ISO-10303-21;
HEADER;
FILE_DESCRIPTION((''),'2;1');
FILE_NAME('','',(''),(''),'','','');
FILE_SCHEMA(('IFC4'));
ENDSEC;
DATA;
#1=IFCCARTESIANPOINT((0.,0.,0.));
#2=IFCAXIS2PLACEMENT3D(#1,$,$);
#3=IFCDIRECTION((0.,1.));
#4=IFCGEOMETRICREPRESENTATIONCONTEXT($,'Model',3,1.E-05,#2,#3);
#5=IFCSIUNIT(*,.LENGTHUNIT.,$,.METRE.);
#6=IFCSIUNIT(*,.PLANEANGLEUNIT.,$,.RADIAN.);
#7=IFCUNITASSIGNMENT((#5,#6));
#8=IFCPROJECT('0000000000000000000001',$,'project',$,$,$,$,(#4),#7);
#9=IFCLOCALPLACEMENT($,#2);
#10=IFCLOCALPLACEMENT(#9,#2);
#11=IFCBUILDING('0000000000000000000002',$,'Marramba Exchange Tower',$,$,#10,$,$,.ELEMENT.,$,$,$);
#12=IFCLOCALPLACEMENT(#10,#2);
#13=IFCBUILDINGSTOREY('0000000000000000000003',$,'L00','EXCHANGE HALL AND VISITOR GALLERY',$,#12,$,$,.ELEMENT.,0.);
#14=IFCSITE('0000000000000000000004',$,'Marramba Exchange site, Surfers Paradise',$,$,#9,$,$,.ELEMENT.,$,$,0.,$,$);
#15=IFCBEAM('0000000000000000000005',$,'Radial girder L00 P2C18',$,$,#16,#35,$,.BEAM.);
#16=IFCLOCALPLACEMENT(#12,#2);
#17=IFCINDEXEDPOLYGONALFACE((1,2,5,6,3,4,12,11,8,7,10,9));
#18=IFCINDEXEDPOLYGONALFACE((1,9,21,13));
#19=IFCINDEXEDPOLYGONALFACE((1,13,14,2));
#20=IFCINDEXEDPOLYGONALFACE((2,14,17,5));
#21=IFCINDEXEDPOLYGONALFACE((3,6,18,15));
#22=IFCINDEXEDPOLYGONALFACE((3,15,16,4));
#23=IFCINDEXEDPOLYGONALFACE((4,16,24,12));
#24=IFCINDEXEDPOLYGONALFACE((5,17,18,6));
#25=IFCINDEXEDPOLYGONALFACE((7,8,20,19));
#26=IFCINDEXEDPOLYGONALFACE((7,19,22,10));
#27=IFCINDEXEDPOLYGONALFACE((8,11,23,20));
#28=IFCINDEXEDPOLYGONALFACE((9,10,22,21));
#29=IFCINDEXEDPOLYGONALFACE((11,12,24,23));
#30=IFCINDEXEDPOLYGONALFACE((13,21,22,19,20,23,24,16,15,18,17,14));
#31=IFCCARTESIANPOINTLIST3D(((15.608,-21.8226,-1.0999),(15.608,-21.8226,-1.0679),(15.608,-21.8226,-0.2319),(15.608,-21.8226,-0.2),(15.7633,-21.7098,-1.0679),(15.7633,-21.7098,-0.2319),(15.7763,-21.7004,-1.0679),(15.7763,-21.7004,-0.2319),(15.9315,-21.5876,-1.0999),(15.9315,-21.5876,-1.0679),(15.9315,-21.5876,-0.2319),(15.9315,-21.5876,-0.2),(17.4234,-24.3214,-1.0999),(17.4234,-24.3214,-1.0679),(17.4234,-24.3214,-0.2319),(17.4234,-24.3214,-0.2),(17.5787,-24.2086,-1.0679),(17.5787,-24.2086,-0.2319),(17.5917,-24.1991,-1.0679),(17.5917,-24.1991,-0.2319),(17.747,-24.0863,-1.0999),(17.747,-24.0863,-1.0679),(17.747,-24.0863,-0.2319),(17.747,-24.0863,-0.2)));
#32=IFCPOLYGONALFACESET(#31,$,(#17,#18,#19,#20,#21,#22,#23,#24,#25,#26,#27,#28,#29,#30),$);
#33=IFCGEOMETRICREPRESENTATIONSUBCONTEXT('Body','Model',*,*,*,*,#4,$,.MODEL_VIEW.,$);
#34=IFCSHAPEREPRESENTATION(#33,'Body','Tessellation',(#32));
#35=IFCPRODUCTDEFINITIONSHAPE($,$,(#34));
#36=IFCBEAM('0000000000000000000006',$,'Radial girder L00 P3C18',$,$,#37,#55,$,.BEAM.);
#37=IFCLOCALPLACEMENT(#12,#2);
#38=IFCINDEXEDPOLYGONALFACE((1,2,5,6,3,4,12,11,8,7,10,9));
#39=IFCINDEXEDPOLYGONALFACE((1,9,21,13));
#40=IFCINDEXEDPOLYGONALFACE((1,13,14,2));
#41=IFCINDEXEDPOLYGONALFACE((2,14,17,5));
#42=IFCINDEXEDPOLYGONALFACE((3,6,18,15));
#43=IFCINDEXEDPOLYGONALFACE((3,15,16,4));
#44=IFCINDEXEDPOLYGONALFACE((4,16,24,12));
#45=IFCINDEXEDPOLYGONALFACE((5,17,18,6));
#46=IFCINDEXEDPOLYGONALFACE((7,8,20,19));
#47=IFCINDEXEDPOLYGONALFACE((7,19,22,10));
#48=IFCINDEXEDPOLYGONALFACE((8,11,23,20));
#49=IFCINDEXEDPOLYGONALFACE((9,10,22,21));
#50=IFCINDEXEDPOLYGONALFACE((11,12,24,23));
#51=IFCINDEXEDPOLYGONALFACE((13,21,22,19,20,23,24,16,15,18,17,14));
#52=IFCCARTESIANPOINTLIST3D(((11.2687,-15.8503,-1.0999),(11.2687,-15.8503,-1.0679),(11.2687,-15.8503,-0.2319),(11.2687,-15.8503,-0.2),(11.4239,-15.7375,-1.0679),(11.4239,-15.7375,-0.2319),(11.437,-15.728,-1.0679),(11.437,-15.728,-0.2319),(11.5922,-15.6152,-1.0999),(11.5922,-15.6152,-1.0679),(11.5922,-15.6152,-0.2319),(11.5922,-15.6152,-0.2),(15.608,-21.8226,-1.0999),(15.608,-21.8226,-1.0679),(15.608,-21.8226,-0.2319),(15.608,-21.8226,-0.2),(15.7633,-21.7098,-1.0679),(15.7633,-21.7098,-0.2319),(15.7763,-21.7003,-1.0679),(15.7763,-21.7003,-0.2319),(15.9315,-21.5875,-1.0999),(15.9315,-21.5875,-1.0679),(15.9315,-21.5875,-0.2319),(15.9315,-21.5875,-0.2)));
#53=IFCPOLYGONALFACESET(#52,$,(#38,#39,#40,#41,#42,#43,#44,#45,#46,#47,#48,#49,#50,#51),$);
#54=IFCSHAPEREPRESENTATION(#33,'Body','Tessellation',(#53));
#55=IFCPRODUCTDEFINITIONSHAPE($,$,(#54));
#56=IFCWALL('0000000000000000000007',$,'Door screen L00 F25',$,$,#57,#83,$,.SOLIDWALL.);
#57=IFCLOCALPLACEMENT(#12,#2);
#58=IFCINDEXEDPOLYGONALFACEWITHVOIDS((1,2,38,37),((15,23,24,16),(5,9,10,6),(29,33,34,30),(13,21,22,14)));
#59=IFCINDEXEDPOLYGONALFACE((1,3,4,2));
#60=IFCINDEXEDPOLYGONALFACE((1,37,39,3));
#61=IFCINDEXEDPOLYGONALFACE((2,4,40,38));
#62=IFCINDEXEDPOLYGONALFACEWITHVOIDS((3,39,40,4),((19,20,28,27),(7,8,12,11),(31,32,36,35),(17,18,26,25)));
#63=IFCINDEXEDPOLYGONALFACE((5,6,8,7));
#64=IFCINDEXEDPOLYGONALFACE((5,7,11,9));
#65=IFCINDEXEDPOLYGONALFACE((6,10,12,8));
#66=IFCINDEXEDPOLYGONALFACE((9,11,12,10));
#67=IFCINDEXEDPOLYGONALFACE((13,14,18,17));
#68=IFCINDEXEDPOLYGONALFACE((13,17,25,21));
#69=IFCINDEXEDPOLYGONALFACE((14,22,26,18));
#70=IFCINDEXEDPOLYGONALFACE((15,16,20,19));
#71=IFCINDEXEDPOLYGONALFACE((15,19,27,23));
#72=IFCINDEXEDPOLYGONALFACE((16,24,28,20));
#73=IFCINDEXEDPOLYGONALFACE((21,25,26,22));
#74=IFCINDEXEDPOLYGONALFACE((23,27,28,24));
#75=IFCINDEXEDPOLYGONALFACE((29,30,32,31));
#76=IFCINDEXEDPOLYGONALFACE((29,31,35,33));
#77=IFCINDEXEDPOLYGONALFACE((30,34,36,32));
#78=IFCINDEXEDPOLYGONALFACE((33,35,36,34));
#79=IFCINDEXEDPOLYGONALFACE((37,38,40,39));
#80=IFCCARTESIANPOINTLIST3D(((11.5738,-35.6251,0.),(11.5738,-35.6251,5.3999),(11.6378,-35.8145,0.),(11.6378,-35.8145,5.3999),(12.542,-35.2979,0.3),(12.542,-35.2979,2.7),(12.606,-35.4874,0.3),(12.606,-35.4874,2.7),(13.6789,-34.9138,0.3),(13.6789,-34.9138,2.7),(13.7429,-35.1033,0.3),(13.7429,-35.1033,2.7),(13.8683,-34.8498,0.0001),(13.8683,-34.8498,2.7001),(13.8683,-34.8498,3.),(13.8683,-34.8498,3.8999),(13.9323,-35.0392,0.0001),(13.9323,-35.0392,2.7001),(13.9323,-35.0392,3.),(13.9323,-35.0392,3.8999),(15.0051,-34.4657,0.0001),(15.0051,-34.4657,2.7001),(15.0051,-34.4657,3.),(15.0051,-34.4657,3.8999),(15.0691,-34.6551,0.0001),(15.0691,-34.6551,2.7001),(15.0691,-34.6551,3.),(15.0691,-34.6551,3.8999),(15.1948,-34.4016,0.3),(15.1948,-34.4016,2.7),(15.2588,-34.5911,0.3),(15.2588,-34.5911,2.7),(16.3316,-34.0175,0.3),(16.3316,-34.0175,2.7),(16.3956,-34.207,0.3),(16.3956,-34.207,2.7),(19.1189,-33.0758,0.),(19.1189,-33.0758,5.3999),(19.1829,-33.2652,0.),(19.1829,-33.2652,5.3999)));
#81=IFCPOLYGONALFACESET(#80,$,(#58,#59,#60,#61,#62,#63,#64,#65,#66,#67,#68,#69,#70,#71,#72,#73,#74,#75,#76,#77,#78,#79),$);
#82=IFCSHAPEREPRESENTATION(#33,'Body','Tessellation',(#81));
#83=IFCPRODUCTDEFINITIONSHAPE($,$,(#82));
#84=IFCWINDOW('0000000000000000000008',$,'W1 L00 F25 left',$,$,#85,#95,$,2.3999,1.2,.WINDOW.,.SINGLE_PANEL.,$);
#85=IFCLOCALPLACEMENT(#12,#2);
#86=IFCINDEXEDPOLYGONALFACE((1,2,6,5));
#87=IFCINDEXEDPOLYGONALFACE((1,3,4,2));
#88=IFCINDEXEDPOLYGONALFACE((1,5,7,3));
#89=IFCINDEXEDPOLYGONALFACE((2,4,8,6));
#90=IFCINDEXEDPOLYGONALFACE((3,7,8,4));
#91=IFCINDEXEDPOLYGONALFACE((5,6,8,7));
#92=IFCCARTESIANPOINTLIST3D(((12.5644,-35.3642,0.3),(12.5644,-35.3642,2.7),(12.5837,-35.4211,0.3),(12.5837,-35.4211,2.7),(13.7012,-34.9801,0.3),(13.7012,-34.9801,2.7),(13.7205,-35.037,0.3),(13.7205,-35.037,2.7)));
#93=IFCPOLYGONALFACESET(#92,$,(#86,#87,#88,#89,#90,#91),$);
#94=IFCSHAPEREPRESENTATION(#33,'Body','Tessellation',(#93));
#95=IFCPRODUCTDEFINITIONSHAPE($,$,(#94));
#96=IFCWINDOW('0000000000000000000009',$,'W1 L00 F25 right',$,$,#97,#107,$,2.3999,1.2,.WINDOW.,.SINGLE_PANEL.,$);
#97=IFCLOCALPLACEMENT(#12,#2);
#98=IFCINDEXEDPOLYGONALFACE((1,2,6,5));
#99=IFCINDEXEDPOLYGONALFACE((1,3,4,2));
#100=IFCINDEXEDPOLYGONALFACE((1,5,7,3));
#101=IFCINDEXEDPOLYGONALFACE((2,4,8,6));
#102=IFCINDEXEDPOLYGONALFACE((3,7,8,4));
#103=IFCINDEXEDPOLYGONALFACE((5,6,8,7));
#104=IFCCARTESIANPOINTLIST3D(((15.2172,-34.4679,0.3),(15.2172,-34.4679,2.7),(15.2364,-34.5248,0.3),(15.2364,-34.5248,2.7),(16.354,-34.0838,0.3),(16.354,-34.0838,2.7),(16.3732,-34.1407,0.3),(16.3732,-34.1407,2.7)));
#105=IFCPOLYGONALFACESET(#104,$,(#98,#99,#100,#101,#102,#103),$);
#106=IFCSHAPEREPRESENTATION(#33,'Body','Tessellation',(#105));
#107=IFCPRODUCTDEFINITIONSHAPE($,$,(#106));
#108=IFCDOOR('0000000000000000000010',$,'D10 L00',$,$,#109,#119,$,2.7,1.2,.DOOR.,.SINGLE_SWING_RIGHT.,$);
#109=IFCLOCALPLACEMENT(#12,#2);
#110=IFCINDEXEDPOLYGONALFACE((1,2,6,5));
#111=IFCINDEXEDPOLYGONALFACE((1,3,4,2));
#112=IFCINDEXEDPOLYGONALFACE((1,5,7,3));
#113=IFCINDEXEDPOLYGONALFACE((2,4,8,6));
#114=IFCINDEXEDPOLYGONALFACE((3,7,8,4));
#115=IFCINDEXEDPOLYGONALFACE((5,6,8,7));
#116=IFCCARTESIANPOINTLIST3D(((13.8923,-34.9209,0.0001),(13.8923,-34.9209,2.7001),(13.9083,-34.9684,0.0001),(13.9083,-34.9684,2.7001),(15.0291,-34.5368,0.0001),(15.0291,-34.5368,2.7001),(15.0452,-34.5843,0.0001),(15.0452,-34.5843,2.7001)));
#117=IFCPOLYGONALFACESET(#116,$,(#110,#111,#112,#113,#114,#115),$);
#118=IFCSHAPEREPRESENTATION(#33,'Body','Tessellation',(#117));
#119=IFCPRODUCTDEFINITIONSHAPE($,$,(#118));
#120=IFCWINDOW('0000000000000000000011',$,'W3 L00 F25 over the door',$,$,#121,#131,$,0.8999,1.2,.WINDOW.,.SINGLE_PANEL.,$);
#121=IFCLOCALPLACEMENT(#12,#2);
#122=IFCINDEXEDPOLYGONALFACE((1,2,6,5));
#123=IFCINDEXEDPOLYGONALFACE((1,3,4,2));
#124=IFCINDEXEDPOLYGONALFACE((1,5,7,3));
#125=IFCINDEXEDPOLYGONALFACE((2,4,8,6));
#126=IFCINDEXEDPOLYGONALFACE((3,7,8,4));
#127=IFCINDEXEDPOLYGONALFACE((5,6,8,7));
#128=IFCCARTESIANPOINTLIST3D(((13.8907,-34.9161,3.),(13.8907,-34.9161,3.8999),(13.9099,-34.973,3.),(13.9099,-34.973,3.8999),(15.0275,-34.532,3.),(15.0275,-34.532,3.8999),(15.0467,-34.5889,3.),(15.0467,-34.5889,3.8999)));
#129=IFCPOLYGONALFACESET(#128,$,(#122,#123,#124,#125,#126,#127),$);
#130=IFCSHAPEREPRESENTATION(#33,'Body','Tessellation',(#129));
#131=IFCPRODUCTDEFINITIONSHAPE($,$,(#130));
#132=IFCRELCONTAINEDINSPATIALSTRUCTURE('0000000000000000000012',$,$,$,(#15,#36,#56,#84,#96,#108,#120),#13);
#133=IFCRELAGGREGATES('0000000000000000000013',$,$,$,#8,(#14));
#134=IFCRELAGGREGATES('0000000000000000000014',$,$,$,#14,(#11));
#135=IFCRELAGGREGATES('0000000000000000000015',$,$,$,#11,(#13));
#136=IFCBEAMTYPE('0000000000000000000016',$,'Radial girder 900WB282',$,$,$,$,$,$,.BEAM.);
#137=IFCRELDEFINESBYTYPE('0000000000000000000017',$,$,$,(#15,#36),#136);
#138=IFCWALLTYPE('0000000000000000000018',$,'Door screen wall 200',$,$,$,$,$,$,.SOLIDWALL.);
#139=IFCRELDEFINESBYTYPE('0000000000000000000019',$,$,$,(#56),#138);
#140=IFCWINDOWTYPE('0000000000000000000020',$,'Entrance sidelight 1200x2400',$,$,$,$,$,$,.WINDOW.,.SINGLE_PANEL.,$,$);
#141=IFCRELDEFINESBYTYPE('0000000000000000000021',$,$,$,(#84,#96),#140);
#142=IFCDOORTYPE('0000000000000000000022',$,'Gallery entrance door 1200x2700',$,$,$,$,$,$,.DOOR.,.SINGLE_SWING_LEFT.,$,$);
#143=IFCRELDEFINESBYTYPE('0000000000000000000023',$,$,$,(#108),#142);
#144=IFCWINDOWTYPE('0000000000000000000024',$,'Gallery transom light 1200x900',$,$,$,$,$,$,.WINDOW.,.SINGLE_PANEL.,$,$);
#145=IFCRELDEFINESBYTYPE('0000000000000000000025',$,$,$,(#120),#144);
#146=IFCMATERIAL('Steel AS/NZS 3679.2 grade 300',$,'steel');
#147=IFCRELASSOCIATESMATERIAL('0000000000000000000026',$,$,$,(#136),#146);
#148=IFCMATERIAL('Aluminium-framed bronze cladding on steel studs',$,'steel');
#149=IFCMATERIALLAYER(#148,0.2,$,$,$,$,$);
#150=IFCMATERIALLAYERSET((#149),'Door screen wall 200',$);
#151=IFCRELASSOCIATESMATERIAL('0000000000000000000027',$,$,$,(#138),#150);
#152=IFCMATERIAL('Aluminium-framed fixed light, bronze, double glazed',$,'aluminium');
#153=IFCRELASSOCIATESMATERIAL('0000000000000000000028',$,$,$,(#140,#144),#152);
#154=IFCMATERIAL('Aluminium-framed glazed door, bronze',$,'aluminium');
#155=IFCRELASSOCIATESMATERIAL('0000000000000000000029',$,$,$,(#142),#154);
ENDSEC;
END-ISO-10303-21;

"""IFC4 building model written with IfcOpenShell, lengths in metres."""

from ifc_helpers import new_model, si_unit, direction, frame, frame_2d, origin, origin_2d, place, context, subcontext, project, spatial, rectangle, i_section, extrude, material, layer, layer_set, material_profile, profile_set, type_object, element, fill, save


model = new_model("IFC4")

# Units and contexts
model_context = context("Model", 3, precision=1e-05, world=origin(), true_north=direction((0.0, 1.0)))
body_context = subcontext(model_context, "Body", "Model", "MODEL_VIEW")
ifc_project = project(units=[si_unit("LENGTHUNIT", "METRE"), si_unit("PLANEANGLEUNIT", "RADIAN")], contexts=[model_context])

# Site, building, storey
site_placement = place(None, origin())
site = spatial("IfcSite", under=ifc_project, at=site_placement, Name="Marramba Exchange site, Surfers Paradise", CompositionType="ELEMENT", RefElevation=0.0)
building_placement = place(site_placement, origin())
building = spatial("IfcBuilding", under=site, at=building_placement, Name="Marramba Exchange Tower", CompositionType="ELEMENT")
storey_placement = place(building_placement, origin())
storey = spatial("IfcBuildingStorey", under=building, at=storey_placement, Name="L00", Description="EXCHANGE HALL AND VISITOR GALLERY", CompositionType="ELEMENT", Elevation=0.0)

# Beams
ifc_material_1 = material(Name="Steel AS/NZS 3679.2 grade 300", Category="steel")
ifc_material_profile_1 = material_profile(ifc_material_1, i_section(OverallWidth=0.3999, OverallDepth=0.8999, WebThickness=0.0161, FlangeThickness=0.032, at=origin_2d()), Name="900WB282")
ifc_profile_set_1 = profile_set([ifc_material_profile_1], Name="Steel AS/NZS 3679.2 grade 300")
beam_type_1 = type_object("IfcBeamType", Name="Radial girder 900WB282", PredefinedType="BEAM", material=ifc_profile_set_1)
beam_1_placement = place(storey_placement, frame((17.5852, -24.2039, -0.6499), z_axis=(-0.587777, 0.809023, 0.0), x_axis=(-0.809023, -0.587777, 0.0)))
element("IfcBeam", 1, at=beam_1_placement, inside=storey, type_object=beam_type_1, Name="Radial girder L00 P2C18", PredefinedType="BEAM", context=body_context, shape_type="SweptSolid", body=[
    extrude(i_section(OverallWidth=0.3999, OverallDepth=0.8999, WebThickness=0.0161, FlangeThickness=0.032, at=origin_2d()), origin(), (0.0, 0.0, 1.0), 3.0886),
])
beam_2_placement = place(storey_placement, frame((15.7698, -21.7051, -0.6499), z_axis=(-0.587798, 0.809008, 0.0), x_axis=(-0.809008, -0.587798, 0.0)))
element("IfcBeam", 2, at=beam_2_placement, inside=storey, type_object=beam_type_1, Name="Radial girder L00 P3C18", PredefinedType="BEAM", context=body_context, shape_type="SweptSolid", body=[
    extrude(i_section(OverallWidth=0.3999, OverallDepth=0.8999, WebThickness=0.0161, FlangeThickness=0.032, at=origin_2d()), origin(), (0.0, 0.0, 1.0), 7.3823),
])

# Wall, openings, windows, door
ifc_material_2 = material(Name="Aluminium-framed bronze cladding on steel studs", Category="steel")
ifc_layer_1 = layer(ifc_material_2, 0.2)
ifc_layer_set_1 = layer_set([ifc_layer_1], Name="Door screen wall 200")
wall_type_1 = type_object("IfcWallType", Name="Door screen wall 200", PredefinedType="SOLIDWALL", material=ifc_layer_set_1)
wall_1_placement = place(storey_placement, frame((11.606, -35.7197, 0.0), z_axis=(0.0, 0.0, 1.0), x_axis=(0.947385, 0.320097, 0.0)))
wall_1 = element("IfcWall", 3, at=wall_1_placement, inside=storey, type_object=wall_type_1, Name="Door screen L00 F25", PredefinedType="SOLIDWALL", context=body_context, shape_type="SweptSolid", body=[
    extrude(rectangle(XDim=7.9641, YDim=0.2, at=frame_2d((3.9819, 0.0))), origin(), (0.0, 0.0, 1.0), 5.3999),
])
opening_1_placement = place(wall_1_placement, frame((2.4216, 0.0, 0.0)))
opening_1 = element("IfcOpeningElement", 4, at=opening_1_placement, cuts=wall_1, PredefinedType="OPENING", context=body_context, shape_type="SweptSolid", body=[
    extrude(rectangle(XDim=1.2, YDim=2.7, at=frame_2d((0.6001, 1.3501))), frame((0.0, 0.1099, 0.0), z_axis=(0.0, -1.0, 0.0), x_axis=(1.0, 0.0, 0.0)), (0.0, 0.0, 1.0), 0.22),
])
opening_2_placement = place(wall_1_placement, frame((1.0217, 0.0, 0.3)))
opening_2 = element("IfcOpeningElement", 5, at=opening_2_placement, cuts=wall_1, PredefinedType="OPENING", context=body_context, shape_type="SweptSolid", body=[
    extrude(rectangle(XDim=1.2, YDim=2.3999, at=frame_2d((0.6001, 1.2))), frame((0.0, 0.1099, 0.0), z_axis=(0.0, -1.0, 0.0), x_axis=(1.0, 0.0, 0.0)), (0.0, 0.0, 1.0), 0.22),
])
opening_3_placement = place(wall_1_placement, frame((3.8218, 0.0, 0.3)))
opening_3 = element("IfcOpeningElement", 6, at=opening_3_placement, cuts=wall_1, PredefinedType="OPENING", context=body_context, shape_type="SweptSolid", body=[
    extrude(rectangle(XDim=1.2, YDim=2.3999, at=frame_2d((0.6001, 1.2))), frame((0.0, 0.1099, 0.0), z_axis=(0.0, -1.0, 0.0), x_axis=(1.0, 0.0, 0.0)), (0.0, 0.0, 1.0), 0.22),
])
opening_4_placement = place(wall_1_placement, frame((2.4216, 0.0, 3.0)))
opening_4 = element("IfcOpeningElement", 7, at=opening_4_placement, cuts=wall_1, PredefinedType="OPENING", context=body_context, shape_type="SweptSolid", body=[
    extrude(rectangle(XDim=1.2, YDim=0.8999, at=frame_2d((0.6001, 0.45))), frame((0.0, 0.1099, 0.0), z_axis=(0.0, -1.0, 0.0), x_axis=(1.0, 0.0, 0.0)), (0.0, 0.0, 1.0), 0.22),
])
ifc_material_3 = material(Name="Aluminium-framed fixed light, bronze, double glazed", Category="aluminium")
window_type_1 = type_object("IfcWindowType", Name="Entrance sidelight 1200x2400", PartitioningType="SINGLE_PANEL", PredefinedType="WINDOW", material=ifc_material_3)
window_1_placement = place(opening_2_placement, origin())
window_1 = element("IfcWindow", 8, at=window_1_placement, inside=storey, type_object=window_type_1, Name="W1 L00 F25 left", OverallHeight=2.3999, OverallWidth=1.2, PartitioningType="SINGLE_PANEL", PredefinedType="WINDOW", context=body_context, shape_type="SweptSolid", body=[
    extrude(rectangle(XDim=1.2, YDim=2.3999, at=frame_2d((0.6001, 1.2))), frame((0.0, 0.03, 0.0), z_axis=(0.0, -1.0, 0.0), x_axis=(1.0, 0.0, 0.0)), (0.0, 0.0, 1.0), 0.0601),
])
fill(opening_2, window_1)
window_2_placement = place(opening_3_placement, origin())
window_2 = element("IfcWindow", 9, at=window_2_placement, inside=storey, type_object=window_type_1, Name="W1 L00 F25 right", OverallHeight=2.3999, OverallWidth=1.2, PartitioningType="SINGLE_PANEL", PredefinedType="WINDOW", context=body_context, shape_type="SweptSolid", body=[
    extrude(rectangle(XDim=1.2, YDim=2.3999, at=frame_2d((0.6001, 1.2))), frame((0.0, 0.03, 0.0), z_axis=(0.0, -1.0, 0.0), x_axis=(1.0, 0.0, 0.0)), (0.0, 0.0, 1.0), 0.0601),
])
fill(opening_3, window_2)
ifc_material_4 = material(Name="Aluminium-framed glazed door, bronze", Category="aluminium")
door_type = type_object("IfcDoorType", Name="Gallery entrance door 1200x2700", OperationType="SINGLE_SWING_LEFT", PredefinedType="DOOR", material=ifc_material_4)
door_1_placement = place(opening_1_placement, frame((1.2, 0.0, 0.0), z_axis=(0.0, 0.0, 1.0), x_axis=(-1.0, 0.0, 0.0)))
door_1 = element("IfcDoor", 10, at=door_1_placement, inside=storey, type_object=door_type, Name="D10 L00", OperationType="SINGLE_SWING_RIGHT", OverallHeight=2.7, OverallWidth=1.2, PredefinedType="DOOR", context=body_context, shape_type="SweptSolid", body=[
    extrude(rectangle(XDim=1.2, YDim=2.7, at=frame_2d((0.5999, 1.3501))), frame((0.0, 0.0251, 0.0), z_axis=(0.0, -1.0, 0.0), x_axis=(1.0, 0.0, 0.0)), (0.0, 0.0, 1.0), 0.05),
])
fill(opening_1, door_1)
window_type_2 = type_object("IfcWindowType", Name="Gallery transom light 1200x900", PartitioningType="SINGLE_PANEL", PredefinedType="WINDOW", material=ifc_material_3)
window_3_placement = place(opening_4_placement, origin())
window_3 = element("IfcWindow", 11, at=window_3_placement, inside=storey, type_object=window_type_2, Name="W3 L00 F25 over the door", OverallHeight=0.8999, OverallWidth=1.2, PartitioningType="SINGLE_PANEL", PredefinedType="WINDOW", context=body_context, shape_type="SweptSolid", body=[
    extrude(rectangle(XDim=1.2, YDim=0.8999, at=frame_2d((0.6001, 0.45))), frame((0.0, 0.03, 0.0), z_axis=(0.0, -1.0, 0.0), x_axis=(1.0, 0.0, 0.0)), (0.0, 0.0, 1.0), 0.0601),
])
fill(opening_4, window_3)

save(model, "model.ifc")
